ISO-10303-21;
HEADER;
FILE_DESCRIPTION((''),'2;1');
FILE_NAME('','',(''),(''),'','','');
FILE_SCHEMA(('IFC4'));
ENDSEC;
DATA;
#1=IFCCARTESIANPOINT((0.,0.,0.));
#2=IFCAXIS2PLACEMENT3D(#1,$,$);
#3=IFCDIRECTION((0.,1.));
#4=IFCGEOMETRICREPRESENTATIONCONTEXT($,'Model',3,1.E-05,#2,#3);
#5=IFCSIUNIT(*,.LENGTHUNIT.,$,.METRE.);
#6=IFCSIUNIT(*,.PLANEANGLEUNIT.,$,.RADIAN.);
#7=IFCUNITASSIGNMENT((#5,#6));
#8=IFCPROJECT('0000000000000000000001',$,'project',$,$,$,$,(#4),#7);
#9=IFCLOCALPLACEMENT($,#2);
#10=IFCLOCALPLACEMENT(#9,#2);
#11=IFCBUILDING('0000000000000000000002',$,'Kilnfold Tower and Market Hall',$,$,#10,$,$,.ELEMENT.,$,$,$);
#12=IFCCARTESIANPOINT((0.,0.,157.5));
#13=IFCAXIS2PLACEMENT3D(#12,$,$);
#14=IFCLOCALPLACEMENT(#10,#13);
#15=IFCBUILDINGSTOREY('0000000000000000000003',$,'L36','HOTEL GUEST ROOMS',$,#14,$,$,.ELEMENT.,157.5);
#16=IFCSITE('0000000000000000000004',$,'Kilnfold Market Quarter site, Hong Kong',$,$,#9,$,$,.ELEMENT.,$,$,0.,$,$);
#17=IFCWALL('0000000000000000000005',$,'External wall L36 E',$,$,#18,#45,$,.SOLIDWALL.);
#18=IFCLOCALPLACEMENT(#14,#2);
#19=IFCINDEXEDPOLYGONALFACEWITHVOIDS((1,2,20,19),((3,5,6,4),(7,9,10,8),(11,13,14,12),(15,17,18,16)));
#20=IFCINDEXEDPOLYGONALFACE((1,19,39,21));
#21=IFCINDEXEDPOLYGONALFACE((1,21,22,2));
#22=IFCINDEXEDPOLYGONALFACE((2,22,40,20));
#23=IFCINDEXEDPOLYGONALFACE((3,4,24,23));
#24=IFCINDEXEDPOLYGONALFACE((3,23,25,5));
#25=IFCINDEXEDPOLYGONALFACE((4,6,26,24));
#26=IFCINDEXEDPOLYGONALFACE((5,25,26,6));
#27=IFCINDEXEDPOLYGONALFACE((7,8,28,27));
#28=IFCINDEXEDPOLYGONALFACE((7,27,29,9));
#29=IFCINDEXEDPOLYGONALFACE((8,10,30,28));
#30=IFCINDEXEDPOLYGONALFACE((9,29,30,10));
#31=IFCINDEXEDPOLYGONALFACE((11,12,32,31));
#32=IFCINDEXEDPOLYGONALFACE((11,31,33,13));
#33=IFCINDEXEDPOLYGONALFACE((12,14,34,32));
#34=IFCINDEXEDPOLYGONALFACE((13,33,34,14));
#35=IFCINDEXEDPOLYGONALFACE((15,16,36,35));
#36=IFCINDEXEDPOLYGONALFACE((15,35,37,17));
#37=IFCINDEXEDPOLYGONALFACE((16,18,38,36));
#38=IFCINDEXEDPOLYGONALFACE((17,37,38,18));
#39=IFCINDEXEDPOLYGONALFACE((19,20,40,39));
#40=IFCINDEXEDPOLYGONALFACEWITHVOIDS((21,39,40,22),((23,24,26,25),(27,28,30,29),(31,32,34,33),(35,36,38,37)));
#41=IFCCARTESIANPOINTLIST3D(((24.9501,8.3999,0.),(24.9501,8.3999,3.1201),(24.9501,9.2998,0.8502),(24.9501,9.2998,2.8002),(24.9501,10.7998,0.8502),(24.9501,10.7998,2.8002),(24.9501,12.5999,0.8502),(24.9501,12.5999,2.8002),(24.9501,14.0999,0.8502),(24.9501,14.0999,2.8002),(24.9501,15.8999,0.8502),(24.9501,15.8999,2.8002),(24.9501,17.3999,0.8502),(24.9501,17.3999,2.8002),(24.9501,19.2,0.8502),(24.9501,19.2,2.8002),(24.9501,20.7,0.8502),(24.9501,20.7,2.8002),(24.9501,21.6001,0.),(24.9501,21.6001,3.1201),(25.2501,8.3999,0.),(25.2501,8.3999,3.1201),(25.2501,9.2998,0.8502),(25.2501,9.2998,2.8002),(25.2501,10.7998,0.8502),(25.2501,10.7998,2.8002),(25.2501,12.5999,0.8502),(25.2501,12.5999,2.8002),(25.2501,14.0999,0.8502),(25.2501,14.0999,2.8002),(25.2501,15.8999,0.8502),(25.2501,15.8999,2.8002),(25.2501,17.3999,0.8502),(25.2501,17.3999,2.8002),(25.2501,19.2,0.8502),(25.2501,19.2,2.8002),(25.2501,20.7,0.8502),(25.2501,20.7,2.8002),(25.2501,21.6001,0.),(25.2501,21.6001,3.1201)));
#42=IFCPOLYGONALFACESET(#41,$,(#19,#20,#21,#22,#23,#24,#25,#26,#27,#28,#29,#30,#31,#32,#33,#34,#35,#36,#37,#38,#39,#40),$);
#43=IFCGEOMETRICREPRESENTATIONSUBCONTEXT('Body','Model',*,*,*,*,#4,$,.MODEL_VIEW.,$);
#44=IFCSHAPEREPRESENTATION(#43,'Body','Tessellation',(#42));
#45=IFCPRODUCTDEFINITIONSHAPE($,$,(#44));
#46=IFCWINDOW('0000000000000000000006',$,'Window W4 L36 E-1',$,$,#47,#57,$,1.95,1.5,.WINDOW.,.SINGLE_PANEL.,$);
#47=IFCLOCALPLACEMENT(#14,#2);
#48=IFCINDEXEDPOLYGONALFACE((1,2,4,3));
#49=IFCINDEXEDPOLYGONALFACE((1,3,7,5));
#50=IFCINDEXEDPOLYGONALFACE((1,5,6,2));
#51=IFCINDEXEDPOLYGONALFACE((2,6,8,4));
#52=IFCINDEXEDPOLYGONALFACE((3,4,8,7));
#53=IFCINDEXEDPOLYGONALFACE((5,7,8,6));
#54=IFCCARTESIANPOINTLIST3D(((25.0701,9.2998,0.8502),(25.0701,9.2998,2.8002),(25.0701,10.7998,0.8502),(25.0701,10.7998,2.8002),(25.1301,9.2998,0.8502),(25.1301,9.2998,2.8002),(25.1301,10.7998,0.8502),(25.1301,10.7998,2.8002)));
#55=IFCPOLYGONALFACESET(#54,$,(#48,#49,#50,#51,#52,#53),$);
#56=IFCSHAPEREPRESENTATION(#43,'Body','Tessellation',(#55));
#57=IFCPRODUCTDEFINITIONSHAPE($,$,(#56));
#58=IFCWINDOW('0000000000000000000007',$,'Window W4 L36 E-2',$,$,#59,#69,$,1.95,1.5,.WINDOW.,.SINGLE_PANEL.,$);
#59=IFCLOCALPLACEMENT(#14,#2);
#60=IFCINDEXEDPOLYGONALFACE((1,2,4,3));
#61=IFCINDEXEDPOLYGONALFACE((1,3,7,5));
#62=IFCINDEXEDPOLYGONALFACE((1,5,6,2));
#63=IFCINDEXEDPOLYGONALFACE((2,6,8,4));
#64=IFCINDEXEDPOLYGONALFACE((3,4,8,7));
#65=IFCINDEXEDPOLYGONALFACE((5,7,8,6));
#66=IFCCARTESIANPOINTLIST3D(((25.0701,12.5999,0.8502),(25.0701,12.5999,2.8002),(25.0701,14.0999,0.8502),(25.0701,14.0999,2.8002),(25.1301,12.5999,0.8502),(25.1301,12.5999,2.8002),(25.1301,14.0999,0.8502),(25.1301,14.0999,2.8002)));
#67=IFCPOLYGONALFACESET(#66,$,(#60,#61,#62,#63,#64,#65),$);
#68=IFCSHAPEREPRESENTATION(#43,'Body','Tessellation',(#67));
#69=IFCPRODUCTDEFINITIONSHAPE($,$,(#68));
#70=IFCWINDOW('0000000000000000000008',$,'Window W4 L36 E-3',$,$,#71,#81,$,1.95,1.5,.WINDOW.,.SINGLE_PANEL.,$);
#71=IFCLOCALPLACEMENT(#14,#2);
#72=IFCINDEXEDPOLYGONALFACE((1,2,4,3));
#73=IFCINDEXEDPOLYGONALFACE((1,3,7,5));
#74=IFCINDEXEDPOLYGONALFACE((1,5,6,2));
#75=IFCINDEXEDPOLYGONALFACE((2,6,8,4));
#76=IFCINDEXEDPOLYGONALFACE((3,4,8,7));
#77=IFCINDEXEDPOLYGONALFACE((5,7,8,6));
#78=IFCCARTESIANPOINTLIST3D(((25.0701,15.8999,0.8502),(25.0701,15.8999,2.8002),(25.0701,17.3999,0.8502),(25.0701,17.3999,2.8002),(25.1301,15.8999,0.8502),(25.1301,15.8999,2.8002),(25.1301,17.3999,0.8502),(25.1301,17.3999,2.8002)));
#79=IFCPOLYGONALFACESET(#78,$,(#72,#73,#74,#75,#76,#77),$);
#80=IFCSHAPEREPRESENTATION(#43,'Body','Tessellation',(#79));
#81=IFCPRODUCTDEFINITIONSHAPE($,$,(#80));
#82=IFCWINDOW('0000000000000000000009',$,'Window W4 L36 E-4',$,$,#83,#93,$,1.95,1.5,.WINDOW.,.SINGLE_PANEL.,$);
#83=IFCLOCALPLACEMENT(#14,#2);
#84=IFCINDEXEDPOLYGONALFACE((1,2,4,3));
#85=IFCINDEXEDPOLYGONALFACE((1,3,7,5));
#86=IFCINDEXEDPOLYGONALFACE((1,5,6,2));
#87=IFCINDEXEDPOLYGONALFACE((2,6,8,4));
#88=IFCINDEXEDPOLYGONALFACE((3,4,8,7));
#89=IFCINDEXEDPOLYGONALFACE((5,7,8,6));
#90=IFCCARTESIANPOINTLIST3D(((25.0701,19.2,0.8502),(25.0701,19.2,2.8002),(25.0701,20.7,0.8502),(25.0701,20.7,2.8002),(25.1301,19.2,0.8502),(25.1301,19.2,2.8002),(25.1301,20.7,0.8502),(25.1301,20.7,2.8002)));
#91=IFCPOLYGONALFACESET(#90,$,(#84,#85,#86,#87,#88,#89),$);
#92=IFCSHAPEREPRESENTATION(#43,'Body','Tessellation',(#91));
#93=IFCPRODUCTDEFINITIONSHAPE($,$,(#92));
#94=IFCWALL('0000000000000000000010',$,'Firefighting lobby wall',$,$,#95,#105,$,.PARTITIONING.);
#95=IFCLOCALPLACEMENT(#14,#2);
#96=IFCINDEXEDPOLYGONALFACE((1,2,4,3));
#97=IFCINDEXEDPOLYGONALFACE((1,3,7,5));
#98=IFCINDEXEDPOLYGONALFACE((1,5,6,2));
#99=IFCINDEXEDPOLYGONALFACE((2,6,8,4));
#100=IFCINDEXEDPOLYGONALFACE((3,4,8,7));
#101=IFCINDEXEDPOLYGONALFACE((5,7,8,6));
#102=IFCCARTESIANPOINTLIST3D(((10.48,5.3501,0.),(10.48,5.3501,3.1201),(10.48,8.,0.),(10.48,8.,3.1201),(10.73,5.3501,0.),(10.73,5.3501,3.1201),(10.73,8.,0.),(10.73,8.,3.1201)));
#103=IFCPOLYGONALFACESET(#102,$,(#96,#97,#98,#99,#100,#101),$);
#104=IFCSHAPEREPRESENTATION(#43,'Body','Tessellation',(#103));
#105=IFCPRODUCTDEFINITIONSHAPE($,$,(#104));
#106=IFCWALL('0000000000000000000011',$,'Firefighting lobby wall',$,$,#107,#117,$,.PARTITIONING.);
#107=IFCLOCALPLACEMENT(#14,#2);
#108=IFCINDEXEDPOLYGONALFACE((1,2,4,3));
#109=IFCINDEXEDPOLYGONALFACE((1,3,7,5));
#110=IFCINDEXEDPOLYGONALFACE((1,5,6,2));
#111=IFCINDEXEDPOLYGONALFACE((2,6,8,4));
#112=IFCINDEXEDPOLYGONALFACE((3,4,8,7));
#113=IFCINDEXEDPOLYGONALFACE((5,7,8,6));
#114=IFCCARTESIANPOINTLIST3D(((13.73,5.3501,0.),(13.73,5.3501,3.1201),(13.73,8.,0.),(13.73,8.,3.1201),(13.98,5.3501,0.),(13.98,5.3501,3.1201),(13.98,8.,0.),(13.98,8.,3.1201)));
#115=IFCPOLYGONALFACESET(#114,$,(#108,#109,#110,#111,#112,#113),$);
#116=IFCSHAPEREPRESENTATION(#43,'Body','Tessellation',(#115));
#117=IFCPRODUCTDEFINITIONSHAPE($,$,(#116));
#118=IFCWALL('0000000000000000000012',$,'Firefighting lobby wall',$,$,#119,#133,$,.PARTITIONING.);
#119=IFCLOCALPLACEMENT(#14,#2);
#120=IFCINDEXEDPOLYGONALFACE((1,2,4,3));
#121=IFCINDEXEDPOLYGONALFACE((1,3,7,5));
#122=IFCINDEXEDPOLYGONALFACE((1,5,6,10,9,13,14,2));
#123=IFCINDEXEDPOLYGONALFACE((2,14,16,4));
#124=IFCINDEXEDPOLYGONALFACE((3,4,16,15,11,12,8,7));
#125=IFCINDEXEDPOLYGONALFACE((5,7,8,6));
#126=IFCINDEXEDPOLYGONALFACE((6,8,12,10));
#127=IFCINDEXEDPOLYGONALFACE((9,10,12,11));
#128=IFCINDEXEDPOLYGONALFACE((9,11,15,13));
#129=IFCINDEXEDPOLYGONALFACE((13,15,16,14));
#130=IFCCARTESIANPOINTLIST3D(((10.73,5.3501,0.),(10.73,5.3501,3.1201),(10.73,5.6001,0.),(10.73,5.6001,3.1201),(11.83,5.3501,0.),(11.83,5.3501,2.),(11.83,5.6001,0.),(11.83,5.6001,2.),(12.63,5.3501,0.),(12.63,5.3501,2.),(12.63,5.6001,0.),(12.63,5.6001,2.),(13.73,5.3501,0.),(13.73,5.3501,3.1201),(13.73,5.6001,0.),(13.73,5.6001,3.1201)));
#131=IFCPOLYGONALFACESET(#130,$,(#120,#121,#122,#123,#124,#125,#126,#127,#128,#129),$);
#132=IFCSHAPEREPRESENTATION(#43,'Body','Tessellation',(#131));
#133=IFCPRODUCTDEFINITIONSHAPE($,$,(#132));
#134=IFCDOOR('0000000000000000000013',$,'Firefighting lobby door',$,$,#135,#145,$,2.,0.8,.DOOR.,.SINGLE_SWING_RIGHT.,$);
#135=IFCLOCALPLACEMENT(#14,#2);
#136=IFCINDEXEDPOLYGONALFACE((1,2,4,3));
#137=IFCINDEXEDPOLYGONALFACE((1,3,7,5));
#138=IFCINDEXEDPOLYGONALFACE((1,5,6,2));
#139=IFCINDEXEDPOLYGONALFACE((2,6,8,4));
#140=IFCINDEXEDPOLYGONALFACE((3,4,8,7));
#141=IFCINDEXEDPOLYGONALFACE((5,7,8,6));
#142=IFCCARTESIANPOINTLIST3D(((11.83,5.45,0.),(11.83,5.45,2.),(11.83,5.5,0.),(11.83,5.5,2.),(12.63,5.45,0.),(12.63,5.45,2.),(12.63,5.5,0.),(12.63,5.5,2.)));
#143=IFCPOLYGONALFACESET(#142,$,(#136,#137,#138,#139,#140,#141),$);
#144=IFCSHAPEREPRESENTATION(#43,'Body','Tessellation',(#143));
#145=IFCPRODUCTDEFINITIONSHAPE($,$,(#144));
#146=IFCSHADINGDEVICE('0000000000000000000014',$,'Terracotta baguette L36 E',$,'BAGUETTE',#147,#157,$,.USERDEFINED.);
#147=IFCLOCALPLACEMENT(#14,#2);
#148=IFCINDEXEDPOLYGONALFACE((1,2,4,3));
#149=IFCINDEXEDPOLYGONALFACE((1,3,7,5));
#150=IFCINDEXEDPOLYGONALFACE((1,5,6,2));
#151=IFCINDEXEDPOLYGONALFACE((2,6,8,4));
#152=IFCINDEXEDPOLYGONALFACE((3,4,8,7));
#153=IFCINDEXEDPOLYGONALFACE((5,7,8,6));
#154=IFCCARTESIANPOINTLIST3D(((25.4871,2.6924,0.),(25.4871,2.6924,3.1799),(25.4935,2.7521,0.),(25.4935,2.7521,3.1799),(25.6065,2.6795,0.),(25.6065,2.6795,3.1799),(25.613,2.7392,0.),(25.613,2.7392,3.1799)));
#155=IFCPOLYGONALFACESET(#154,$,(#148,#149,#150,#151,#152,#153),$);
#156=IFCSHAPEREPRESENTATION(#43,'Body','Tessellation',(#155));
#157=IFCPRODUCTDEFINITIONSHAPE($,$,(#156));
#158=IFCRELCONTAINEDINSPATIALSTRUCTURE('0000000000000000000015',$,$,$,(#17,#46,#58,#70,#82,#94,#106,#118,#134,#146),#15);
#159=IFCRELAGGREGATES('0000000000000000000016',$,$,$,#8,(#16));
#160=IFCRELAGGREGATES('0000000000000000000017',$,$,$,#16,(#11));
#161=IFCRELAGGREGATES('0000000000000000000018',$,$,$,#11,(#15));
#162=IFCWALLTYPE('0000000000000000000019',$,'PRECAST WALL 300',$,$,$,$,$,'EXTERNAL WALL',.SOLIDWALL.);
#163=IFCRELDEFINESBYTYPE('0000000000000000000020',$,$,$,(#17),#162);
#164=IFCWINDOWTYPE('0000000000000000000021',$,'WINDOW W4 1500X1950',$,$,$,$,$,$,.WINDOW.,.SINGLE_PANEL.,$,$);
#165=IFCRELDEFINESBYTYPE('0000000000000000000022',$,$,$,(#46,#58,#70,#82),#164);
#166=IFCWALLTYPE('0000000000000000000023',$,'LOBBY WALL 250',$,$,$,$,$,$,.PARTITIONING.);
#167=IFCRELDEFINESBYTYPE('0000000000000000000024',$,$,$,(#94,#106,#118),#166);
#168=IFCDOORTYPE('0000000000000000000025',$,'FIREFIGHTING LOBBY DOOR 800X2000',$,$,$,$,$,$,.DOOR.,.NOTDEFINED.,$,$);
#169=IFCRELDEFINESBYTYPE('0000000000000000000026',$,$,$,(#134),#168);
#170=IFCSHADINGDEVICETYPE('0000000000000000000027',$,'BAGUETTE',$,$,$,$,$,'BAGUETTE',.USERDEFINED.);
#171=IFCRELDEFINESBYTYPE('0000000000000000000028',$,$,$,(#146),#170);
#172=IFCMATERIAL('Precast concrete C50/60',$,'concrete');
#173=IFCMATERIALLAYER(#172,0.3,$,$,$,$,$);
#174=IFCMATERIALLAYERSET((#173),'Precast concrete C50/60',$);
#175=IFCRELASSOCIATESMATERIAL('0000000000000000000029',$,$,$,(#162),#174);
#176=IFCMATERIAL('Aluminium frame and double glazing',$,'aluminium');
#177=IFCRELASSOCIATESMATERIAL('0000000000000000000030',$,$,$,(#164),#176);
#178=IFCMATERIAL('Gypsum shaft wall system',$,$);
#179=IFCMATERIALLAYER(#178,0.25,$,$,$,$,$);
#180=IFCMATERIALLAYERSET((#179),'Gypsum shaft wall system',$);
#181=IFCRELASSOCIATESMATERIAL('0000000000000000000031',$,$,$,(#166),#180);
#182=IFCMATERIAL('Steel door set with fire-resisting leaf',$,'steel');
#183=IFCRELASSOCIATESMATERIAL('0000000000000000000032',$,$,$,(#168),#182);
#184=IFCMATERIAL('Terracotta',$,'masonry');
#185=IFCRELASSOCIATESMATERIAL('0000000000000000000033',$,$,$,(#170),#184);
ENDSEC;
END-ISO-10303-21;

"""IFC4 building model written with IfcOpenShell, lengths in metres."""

from ifc_helpers import new_model, si_unit, direction, frame, frame_2d, origin, origin_2d, place, context, subcontext, project, spatial, rectangle, extrude, source, transform, mapped, material, layer, layer_set, material_profile, profile_set, type_object, element, fill, save


model = new_model("IFC4")

# Units and contexts
model_context = context("Model", 3, precision=1e-05, world=origin(), true_north=direction((0.0, 1.0)))
body_context = subcontext(model_context, "Body", "Model", "MODEL_VIEW")
ifc_project = project(units=[si_unit("LENGTHUNIT", "METRE"), si_unit("PLANEANGLEUNIT", "RADIAN")], contexts=[model_context])

# Site, building, storey
site_placement = place(None, origin())
site = spatial("IfcSite", under=ifc_project, at=site_placement, Name="Kilnfold Market Quarter site, Hong Kong", CompositionType="ELEMENT", RefElevation=0.0)
building_placement = place(site_placement, origin())
building = spatial("IfcBuilding", under=site, at=building_placement, Name="Kilnfold Tower and Market Hall", CompositionType="ELEMENT")
storey_placement = place(building_placement, frame((0.0, 0.0, 157.5)))
storey = spatial("IfcBuildingStorey", under=building, at=storey_placement, Name="L36", Description="HOTEL GUEST ROOMS", CompositionType="ELEMENT", Elevation=157.5)

# Wall, openings, windows
ifc_material_1 = material(Name="Precast concrete C50/60", Category="concrete")
ifc_layer_1 = layer(ifc_material_1, 0.3)
ifc_layer_set_1 = layer_set([ifc_layer_1], Name="Precast concrete C50/60")
wall_type_1 = type_object("IfcWallType", Name="PRECAST WALL 300", ElementType="EXTERNAL WALL", PredefinedType="SOLIDWALL", material=ifc_layer_set_1)
ifc_material_2 = material(Name="Aluminium frame and double glazing", Category="aluminium")
window_type = type_object("IfcWindowType", Name="WINDOW W4 1500X1950", PartitioningType="SINGLE_PANEL", PredefinedType="WINDOW", material=ifc_material_2)
shared_shape_1 = source(origin(), body_context, "Body", "SweptSolid", [
    extrude(rectangle(XDim=13.2002, YDim=0.3, at=frame_2d((6.6001, 0.0))), origin(), (0.0, 0.0, 1.0), 3.1201),
])
wall_1_placement = place(storey_placement, frame((25.1001, 8.3999, 0.0), z_axis=(0.0, 0.0, 1.0), x_axis=(0.0, 1.0, 0.0)))
wall_1 = element("IfcWall", 1, at=wall_1_placement, inside=storey, type_object=wall_type_1, Name="External wall L36 E", PredefinedType="SOLIDWALL", context=body_context, shape_type="MappedRepresentation", body=[
    mapped(shared_shape_1, transform((0.0, 0.0, 0.0))),
])
opening_1_placement = place(wall_1_placement, frame((0.8999, 0.0, 0.8501)))
opening_1 = element("IfcOpeningElement", 2, at=opening_1_placement, cuts=wall_1, PredefinedType="OPENING", context=body_context, shape_type="SweptSolid", body=[
    extrude(rectangle(XDim=1.5, YDim=1.95, at=frame_2d((0.75, 0.9751))), frame((0.0, 0.1602, 0.0), z_axis=(0.0, -1.0, 0.0), x_axis=(1.0, 0.0, 0.0)), (0.0, 0.0, 1.0), 0.3201),
])
opening_2_placement = place(wall_1_placement, frame((4.2, 0.0, 0.8501)))
opening_2 = element("IfcOpeningElement", 3, at=opening_2_placement, cuts=wall_1, PredefinedType="OPENING", context=body_context, shape_type="SweptSolid", body=[
    extrude(rectangle(XDim=1.5, YDim=1.95, at=frame_2d((0.75, 0.9751))), frame((0.0, 0.1602, 0.0), z_axis=(0.0, -1.0, 0.0), x_axis=(1.0, 0.0, 0.0)), (0.0, 0.0, 1.0), 0.3201),
])
opening_3_placement = place(wall_1_placement, frame((7.5, 0.0, 0.8501)))
opening_3 = element("IfcOpeningElement", 4, at=opening_3_placement, cuts=wall_1, PredefinedType="OPENING", context=body_context, shape_type="SweptSolid", body=[
    extrude(rectangle(XDim=1.5, YDim=1.95, at=frame_2d((0.75, 0.9751))), frame((0.0, 0.1602, 0.0), z_axis=(0.0, -1.0, 0.0), x_axis=(1.0, 0.0, 0.0)), (0.0, 0.0, 1.0), 0.3201),
])
opening_4_placement = place(wall_1_placement, frame((10.8, 0.0, 0.8501)))
opening_4 = element("IfcOpeningElement", 5, at=opening_4_placement, cuts=wall_1, PredefinedType="OPENING", context=body_context, shape_type="SweptSolid", body=[
    extrude(rectangle(XDim=1.5, YDim=1.95, at=frame_2d((0.75, 0.9751))), frame((0.0, 0.1602, 0.0), z_axis=(0.0, -1.0, 0.0), x_axis=(1.0, 0.0, 0.0)), (0.0, 0.0, 1.0), 0.3201),
])
window_1_placement = place(opening_1_placement, origin())
window_1 = element("IfcWindow", 6, at=window_1_placement, inside=storey, type_object=window_type, Name="Window W4 L36 E-1", OverallHeight=1.95, OverallWidth=1.5, PartitioningType="SINGLE_PANEL", PredefinedType="WINDOW", context=body_context, shape_type="SweptSolid", body=[
    extrude(rectangle(XDim=1.5, YDim=1.95, at=frame_2d((0.75, 0.9751))), frame((0.0, 0.03, 0.0), z_axis=(0.0, -1.0, 0.0), x_axis=(1.0, 0.0, 0.0)), (0.0, 0.0, 1.0), 0.0601),
])
fill(opening_1, window_1)
window_2_placement = place(opening_2_placement, origin())
window_2 = element("IfcWindow", 7, at=window_2_placement, inside=storey, type_object=window_type, Name="Window W4 L36 E-2", OverallHeight=1.95, OverallWidth=1.5, PartitioningType="SINGLE_PANEL", PredefinedType="WINDOW", context=body_context, shape_type="SweptSolid", body=[
    extrude(rectangle(XDim=1.5, YDim=1.95, at=frame_2d((0.75, 0.9751))), frame((0.0, 0.03, 0.0), z_axis=(0.0, -1.0, 0.0), x_axis=(1.0, 0.0, 0.0)), (0.0, 0.0, 1.0), 0.0601),
])
fill(opening_2, window_2)
window_3_placement = place(opening_3_placement, origin())
window_3 = element("IfcWindow", 8, at=window_3_placement, inside=storey, type_object=window_type, Name="Window W4 L36 E-3", OverallHeight=1.95, OverallWidth=1.5, PartitioningType="SINGLE_PANEL", PredefinedType="WINDOW", context=body_context, shape_type="SweptSolid", body=[
    extrude(rectangle(XDim=1.5, YDim=1.95, at=frame_2d((0.75, 0.9751))), frame((0.0, 0.03, 0.0), z_axis=(0.0, -1.0, 0.0), x_axis=(1.0, 0.0, 0.0)), (0.0, 0.0, 1.0), 0.0601),
])
fill(opening_3, window_3)
window_4_placement = place(opening_4_placement, origin())
window_4 = element("IfcWindow", 9, at=window_4_placement, inside=storey, type_object=window_type, Name="Window W4 L36 E-4", OverallHeight=1.95, OverallWidth=1.5, PartitioningType="SINGLE_PANEL", PredefinedType="WINDOW", context=body_context, shape_type="SweptSolid", body=[
    extrude(rectangle(XDim=1.5, YDim=1.95, at=frame_2d((0.75, 0.9751))), frame((0.0, 0.03, 0.0), z_axis=(0.0, -1.0, 0.0), x_axis=(1.0, 0.0, 0.0)), (0.0, 0.0, 1.0), 0.0601),
])
fill(opening_4, window_4)

# Walls
ifc_material_3 = material(Name="Gypsum shaft wall system")
ifc_layer_2 = layer(ifc_material_3, 0.25)
ifc_layer_set_2 = layer_set([ifc_layer_2], Name="Gypsum shaft wall system")
wall_type_2 = type_object("IfcWallType", Name="LOBBY WALL 250", PredefinedType="PARTITIONING", material=ifc_layer_set_2)
shared_shape_2 = source(origin(), body_context, "Body", "SweptSolid", [
    extrude(rectangle(XDim=2.6499, YDim=0.25, at=frame_2d((1.325, 0.0))), origin(), (0.0, 0.0, 1.0), 3.1201),
])
for number, where, z_axis, x_axis, name in (
    (10, (10.605, 5.3501, 0.0), (0.0, 0.0, 1.0), (0.0, 1.0, 0.0), "Firefighting lobby wall"),
    (11, (13.855, 5.3501, 0.0), (0.0, 0.0, 1.0), (0.0, 1.0, 0.0), "Firefighting lobby wall"),
):
    element("IfcWall", number, at=place(storey_placement, frame(where, z_axis=z_axis, x_axis=x_axis)), inside=storey, type_object=wall_type_2, Name=name, PredefinedType="PARTITIONING", context=body_context, shape_type="MappedRepresentation", body=[
        mapped(shared_shape_2, transform((0.0, 0.0, 0.0))),
    ])

# Wall, opening, door
shared_shape_3 = source(origin(), body_context, "Body", "SweptSolid", [
    extrude(rectangle(XDim=3.0, YDim=0.25, at=frame_2d((1.5, 0.0))), origin(), (0.0, 0.0, 1.0), 3.1201),
])
wall_2_placement = place(storey_placement, frame((10.73, 5.4751, 0.0), z_axis=(0.0, 0.0, 1.0), x_axis=(1.0, 0.0, 0.0)))
wall_2 = element("IfcWall", 12, at=wall_2_placement, inside=storey, type_object=wall_type_2, Name="Firefighting lobby wall", PredefinedType="PARTITIONING", context=body_context, shape_type="MappedRepresentation", body=[
    mapped(shared_shape_3, transform((0.0, 0.0, 0.0))),
])
opening_5_placement = place(wall_2_placement, frame((1.1001, 0.0, 0.0)))
opening_5 = element("IfcOpeningElement", 13, at=opening_5_placement, cuts=wall_2, PredefinedType="OPENING", context=body_context, shape_type="SweptSolid", body=[
    extrude(rectangle(XDim=0.8, YDim=2.0, at=frame_2d((0.3999, 1.0))), frame((0.0, 0.135, 0.0), z_axis=(0.0, -1.0, 0.0), x_axis=(1.0, 0.0, 0.0)), (0.0, 0.0, 1.0), 0.27),
])
ifc_material_4 = material(Name="Steel door set with fire-resisting leaf", Category="steel")
door_type_1 = type_object("IfcDoorType", Name="FIREFIGHTING LOBBY DOOR 800X2000", OperationType="NOTDEFINED", PredefinedType="DOOR", material=ifc_material_4)
door_1_placement = place(opening_5_placement, origin())
door_1 = element("IfcDoor", 14, at=door_1_placement, inside=storey, type_object=door_type_1, Name="Firefighting lobby door", OperationType="SINGLE_SWING_RIGHT", OverallHeight=2.0, OverallWidth=0.8, PredefinedType="DOOR", context=body_context, shape_type="SweptSolid", body=[
    extrude(rectangle(XDim=0.8, YDim=2.0, at=frame_2d((0.3999, 1.0))), frame((0.0, 0.0249, 0.0), z_axis=(0.0, -1.0, 0.0), x_axis=(1.0, 0.0, 0.0)), (0.0, 0.0, 1.0), 0.05),
])
fill(opening_5, door_1)

# Shading device
ifc_material_5 = material(Name="Terracotta", Category="masonry")
ifc_material_profile_1 = material_profile(ifc_material_5, rectangle(XDim=0.0601, YDim=0.1201, at=origin_2d()), Name="BAG 60x120")
ifc_profile_set_1 = profile_set([ifc_material_profile_1], Name="Terracotta")
shading_device_type = type_object("IfcShadingDeviceType", Name="BAGUETTE", ElementType="BAGUETTE", PredefinedType="USERDEFINED", material=ifc_profile_set_1)
shared_shape_4 = source(origin(), body_context, "Body", "SweptSolid", [
    extrude(rectangle(XDim=0.0601, YDim=0.1201, at=origin_2d()), origin(), (0.0, 0.0, 1.0), 3.1799),
])
for number, where, z_axis, x_axis, name in (
    (15, (25.55, 2.7158, 0.0), (0.0, 0.0, 1.0), (0.107035, 0.994255, 0.0), "Terracotta baguette L36 E"),
):
    element("IfcShadingDevice", number, at=place(storey_placement, frame(where, z_axis=z_axis, x_axis=x_axis)), inside=storey, type_object=shading_device_type, Name=name, ObjectType="BAGUETTE", PredefinedType="USERDEFINED", context=body_context, shape_type="MappedRepresentation", body=[
        mapped(shared_shape_4, transform((0.0, 0.0, 0.0))),
    ])

save(model, "model.ifc")
